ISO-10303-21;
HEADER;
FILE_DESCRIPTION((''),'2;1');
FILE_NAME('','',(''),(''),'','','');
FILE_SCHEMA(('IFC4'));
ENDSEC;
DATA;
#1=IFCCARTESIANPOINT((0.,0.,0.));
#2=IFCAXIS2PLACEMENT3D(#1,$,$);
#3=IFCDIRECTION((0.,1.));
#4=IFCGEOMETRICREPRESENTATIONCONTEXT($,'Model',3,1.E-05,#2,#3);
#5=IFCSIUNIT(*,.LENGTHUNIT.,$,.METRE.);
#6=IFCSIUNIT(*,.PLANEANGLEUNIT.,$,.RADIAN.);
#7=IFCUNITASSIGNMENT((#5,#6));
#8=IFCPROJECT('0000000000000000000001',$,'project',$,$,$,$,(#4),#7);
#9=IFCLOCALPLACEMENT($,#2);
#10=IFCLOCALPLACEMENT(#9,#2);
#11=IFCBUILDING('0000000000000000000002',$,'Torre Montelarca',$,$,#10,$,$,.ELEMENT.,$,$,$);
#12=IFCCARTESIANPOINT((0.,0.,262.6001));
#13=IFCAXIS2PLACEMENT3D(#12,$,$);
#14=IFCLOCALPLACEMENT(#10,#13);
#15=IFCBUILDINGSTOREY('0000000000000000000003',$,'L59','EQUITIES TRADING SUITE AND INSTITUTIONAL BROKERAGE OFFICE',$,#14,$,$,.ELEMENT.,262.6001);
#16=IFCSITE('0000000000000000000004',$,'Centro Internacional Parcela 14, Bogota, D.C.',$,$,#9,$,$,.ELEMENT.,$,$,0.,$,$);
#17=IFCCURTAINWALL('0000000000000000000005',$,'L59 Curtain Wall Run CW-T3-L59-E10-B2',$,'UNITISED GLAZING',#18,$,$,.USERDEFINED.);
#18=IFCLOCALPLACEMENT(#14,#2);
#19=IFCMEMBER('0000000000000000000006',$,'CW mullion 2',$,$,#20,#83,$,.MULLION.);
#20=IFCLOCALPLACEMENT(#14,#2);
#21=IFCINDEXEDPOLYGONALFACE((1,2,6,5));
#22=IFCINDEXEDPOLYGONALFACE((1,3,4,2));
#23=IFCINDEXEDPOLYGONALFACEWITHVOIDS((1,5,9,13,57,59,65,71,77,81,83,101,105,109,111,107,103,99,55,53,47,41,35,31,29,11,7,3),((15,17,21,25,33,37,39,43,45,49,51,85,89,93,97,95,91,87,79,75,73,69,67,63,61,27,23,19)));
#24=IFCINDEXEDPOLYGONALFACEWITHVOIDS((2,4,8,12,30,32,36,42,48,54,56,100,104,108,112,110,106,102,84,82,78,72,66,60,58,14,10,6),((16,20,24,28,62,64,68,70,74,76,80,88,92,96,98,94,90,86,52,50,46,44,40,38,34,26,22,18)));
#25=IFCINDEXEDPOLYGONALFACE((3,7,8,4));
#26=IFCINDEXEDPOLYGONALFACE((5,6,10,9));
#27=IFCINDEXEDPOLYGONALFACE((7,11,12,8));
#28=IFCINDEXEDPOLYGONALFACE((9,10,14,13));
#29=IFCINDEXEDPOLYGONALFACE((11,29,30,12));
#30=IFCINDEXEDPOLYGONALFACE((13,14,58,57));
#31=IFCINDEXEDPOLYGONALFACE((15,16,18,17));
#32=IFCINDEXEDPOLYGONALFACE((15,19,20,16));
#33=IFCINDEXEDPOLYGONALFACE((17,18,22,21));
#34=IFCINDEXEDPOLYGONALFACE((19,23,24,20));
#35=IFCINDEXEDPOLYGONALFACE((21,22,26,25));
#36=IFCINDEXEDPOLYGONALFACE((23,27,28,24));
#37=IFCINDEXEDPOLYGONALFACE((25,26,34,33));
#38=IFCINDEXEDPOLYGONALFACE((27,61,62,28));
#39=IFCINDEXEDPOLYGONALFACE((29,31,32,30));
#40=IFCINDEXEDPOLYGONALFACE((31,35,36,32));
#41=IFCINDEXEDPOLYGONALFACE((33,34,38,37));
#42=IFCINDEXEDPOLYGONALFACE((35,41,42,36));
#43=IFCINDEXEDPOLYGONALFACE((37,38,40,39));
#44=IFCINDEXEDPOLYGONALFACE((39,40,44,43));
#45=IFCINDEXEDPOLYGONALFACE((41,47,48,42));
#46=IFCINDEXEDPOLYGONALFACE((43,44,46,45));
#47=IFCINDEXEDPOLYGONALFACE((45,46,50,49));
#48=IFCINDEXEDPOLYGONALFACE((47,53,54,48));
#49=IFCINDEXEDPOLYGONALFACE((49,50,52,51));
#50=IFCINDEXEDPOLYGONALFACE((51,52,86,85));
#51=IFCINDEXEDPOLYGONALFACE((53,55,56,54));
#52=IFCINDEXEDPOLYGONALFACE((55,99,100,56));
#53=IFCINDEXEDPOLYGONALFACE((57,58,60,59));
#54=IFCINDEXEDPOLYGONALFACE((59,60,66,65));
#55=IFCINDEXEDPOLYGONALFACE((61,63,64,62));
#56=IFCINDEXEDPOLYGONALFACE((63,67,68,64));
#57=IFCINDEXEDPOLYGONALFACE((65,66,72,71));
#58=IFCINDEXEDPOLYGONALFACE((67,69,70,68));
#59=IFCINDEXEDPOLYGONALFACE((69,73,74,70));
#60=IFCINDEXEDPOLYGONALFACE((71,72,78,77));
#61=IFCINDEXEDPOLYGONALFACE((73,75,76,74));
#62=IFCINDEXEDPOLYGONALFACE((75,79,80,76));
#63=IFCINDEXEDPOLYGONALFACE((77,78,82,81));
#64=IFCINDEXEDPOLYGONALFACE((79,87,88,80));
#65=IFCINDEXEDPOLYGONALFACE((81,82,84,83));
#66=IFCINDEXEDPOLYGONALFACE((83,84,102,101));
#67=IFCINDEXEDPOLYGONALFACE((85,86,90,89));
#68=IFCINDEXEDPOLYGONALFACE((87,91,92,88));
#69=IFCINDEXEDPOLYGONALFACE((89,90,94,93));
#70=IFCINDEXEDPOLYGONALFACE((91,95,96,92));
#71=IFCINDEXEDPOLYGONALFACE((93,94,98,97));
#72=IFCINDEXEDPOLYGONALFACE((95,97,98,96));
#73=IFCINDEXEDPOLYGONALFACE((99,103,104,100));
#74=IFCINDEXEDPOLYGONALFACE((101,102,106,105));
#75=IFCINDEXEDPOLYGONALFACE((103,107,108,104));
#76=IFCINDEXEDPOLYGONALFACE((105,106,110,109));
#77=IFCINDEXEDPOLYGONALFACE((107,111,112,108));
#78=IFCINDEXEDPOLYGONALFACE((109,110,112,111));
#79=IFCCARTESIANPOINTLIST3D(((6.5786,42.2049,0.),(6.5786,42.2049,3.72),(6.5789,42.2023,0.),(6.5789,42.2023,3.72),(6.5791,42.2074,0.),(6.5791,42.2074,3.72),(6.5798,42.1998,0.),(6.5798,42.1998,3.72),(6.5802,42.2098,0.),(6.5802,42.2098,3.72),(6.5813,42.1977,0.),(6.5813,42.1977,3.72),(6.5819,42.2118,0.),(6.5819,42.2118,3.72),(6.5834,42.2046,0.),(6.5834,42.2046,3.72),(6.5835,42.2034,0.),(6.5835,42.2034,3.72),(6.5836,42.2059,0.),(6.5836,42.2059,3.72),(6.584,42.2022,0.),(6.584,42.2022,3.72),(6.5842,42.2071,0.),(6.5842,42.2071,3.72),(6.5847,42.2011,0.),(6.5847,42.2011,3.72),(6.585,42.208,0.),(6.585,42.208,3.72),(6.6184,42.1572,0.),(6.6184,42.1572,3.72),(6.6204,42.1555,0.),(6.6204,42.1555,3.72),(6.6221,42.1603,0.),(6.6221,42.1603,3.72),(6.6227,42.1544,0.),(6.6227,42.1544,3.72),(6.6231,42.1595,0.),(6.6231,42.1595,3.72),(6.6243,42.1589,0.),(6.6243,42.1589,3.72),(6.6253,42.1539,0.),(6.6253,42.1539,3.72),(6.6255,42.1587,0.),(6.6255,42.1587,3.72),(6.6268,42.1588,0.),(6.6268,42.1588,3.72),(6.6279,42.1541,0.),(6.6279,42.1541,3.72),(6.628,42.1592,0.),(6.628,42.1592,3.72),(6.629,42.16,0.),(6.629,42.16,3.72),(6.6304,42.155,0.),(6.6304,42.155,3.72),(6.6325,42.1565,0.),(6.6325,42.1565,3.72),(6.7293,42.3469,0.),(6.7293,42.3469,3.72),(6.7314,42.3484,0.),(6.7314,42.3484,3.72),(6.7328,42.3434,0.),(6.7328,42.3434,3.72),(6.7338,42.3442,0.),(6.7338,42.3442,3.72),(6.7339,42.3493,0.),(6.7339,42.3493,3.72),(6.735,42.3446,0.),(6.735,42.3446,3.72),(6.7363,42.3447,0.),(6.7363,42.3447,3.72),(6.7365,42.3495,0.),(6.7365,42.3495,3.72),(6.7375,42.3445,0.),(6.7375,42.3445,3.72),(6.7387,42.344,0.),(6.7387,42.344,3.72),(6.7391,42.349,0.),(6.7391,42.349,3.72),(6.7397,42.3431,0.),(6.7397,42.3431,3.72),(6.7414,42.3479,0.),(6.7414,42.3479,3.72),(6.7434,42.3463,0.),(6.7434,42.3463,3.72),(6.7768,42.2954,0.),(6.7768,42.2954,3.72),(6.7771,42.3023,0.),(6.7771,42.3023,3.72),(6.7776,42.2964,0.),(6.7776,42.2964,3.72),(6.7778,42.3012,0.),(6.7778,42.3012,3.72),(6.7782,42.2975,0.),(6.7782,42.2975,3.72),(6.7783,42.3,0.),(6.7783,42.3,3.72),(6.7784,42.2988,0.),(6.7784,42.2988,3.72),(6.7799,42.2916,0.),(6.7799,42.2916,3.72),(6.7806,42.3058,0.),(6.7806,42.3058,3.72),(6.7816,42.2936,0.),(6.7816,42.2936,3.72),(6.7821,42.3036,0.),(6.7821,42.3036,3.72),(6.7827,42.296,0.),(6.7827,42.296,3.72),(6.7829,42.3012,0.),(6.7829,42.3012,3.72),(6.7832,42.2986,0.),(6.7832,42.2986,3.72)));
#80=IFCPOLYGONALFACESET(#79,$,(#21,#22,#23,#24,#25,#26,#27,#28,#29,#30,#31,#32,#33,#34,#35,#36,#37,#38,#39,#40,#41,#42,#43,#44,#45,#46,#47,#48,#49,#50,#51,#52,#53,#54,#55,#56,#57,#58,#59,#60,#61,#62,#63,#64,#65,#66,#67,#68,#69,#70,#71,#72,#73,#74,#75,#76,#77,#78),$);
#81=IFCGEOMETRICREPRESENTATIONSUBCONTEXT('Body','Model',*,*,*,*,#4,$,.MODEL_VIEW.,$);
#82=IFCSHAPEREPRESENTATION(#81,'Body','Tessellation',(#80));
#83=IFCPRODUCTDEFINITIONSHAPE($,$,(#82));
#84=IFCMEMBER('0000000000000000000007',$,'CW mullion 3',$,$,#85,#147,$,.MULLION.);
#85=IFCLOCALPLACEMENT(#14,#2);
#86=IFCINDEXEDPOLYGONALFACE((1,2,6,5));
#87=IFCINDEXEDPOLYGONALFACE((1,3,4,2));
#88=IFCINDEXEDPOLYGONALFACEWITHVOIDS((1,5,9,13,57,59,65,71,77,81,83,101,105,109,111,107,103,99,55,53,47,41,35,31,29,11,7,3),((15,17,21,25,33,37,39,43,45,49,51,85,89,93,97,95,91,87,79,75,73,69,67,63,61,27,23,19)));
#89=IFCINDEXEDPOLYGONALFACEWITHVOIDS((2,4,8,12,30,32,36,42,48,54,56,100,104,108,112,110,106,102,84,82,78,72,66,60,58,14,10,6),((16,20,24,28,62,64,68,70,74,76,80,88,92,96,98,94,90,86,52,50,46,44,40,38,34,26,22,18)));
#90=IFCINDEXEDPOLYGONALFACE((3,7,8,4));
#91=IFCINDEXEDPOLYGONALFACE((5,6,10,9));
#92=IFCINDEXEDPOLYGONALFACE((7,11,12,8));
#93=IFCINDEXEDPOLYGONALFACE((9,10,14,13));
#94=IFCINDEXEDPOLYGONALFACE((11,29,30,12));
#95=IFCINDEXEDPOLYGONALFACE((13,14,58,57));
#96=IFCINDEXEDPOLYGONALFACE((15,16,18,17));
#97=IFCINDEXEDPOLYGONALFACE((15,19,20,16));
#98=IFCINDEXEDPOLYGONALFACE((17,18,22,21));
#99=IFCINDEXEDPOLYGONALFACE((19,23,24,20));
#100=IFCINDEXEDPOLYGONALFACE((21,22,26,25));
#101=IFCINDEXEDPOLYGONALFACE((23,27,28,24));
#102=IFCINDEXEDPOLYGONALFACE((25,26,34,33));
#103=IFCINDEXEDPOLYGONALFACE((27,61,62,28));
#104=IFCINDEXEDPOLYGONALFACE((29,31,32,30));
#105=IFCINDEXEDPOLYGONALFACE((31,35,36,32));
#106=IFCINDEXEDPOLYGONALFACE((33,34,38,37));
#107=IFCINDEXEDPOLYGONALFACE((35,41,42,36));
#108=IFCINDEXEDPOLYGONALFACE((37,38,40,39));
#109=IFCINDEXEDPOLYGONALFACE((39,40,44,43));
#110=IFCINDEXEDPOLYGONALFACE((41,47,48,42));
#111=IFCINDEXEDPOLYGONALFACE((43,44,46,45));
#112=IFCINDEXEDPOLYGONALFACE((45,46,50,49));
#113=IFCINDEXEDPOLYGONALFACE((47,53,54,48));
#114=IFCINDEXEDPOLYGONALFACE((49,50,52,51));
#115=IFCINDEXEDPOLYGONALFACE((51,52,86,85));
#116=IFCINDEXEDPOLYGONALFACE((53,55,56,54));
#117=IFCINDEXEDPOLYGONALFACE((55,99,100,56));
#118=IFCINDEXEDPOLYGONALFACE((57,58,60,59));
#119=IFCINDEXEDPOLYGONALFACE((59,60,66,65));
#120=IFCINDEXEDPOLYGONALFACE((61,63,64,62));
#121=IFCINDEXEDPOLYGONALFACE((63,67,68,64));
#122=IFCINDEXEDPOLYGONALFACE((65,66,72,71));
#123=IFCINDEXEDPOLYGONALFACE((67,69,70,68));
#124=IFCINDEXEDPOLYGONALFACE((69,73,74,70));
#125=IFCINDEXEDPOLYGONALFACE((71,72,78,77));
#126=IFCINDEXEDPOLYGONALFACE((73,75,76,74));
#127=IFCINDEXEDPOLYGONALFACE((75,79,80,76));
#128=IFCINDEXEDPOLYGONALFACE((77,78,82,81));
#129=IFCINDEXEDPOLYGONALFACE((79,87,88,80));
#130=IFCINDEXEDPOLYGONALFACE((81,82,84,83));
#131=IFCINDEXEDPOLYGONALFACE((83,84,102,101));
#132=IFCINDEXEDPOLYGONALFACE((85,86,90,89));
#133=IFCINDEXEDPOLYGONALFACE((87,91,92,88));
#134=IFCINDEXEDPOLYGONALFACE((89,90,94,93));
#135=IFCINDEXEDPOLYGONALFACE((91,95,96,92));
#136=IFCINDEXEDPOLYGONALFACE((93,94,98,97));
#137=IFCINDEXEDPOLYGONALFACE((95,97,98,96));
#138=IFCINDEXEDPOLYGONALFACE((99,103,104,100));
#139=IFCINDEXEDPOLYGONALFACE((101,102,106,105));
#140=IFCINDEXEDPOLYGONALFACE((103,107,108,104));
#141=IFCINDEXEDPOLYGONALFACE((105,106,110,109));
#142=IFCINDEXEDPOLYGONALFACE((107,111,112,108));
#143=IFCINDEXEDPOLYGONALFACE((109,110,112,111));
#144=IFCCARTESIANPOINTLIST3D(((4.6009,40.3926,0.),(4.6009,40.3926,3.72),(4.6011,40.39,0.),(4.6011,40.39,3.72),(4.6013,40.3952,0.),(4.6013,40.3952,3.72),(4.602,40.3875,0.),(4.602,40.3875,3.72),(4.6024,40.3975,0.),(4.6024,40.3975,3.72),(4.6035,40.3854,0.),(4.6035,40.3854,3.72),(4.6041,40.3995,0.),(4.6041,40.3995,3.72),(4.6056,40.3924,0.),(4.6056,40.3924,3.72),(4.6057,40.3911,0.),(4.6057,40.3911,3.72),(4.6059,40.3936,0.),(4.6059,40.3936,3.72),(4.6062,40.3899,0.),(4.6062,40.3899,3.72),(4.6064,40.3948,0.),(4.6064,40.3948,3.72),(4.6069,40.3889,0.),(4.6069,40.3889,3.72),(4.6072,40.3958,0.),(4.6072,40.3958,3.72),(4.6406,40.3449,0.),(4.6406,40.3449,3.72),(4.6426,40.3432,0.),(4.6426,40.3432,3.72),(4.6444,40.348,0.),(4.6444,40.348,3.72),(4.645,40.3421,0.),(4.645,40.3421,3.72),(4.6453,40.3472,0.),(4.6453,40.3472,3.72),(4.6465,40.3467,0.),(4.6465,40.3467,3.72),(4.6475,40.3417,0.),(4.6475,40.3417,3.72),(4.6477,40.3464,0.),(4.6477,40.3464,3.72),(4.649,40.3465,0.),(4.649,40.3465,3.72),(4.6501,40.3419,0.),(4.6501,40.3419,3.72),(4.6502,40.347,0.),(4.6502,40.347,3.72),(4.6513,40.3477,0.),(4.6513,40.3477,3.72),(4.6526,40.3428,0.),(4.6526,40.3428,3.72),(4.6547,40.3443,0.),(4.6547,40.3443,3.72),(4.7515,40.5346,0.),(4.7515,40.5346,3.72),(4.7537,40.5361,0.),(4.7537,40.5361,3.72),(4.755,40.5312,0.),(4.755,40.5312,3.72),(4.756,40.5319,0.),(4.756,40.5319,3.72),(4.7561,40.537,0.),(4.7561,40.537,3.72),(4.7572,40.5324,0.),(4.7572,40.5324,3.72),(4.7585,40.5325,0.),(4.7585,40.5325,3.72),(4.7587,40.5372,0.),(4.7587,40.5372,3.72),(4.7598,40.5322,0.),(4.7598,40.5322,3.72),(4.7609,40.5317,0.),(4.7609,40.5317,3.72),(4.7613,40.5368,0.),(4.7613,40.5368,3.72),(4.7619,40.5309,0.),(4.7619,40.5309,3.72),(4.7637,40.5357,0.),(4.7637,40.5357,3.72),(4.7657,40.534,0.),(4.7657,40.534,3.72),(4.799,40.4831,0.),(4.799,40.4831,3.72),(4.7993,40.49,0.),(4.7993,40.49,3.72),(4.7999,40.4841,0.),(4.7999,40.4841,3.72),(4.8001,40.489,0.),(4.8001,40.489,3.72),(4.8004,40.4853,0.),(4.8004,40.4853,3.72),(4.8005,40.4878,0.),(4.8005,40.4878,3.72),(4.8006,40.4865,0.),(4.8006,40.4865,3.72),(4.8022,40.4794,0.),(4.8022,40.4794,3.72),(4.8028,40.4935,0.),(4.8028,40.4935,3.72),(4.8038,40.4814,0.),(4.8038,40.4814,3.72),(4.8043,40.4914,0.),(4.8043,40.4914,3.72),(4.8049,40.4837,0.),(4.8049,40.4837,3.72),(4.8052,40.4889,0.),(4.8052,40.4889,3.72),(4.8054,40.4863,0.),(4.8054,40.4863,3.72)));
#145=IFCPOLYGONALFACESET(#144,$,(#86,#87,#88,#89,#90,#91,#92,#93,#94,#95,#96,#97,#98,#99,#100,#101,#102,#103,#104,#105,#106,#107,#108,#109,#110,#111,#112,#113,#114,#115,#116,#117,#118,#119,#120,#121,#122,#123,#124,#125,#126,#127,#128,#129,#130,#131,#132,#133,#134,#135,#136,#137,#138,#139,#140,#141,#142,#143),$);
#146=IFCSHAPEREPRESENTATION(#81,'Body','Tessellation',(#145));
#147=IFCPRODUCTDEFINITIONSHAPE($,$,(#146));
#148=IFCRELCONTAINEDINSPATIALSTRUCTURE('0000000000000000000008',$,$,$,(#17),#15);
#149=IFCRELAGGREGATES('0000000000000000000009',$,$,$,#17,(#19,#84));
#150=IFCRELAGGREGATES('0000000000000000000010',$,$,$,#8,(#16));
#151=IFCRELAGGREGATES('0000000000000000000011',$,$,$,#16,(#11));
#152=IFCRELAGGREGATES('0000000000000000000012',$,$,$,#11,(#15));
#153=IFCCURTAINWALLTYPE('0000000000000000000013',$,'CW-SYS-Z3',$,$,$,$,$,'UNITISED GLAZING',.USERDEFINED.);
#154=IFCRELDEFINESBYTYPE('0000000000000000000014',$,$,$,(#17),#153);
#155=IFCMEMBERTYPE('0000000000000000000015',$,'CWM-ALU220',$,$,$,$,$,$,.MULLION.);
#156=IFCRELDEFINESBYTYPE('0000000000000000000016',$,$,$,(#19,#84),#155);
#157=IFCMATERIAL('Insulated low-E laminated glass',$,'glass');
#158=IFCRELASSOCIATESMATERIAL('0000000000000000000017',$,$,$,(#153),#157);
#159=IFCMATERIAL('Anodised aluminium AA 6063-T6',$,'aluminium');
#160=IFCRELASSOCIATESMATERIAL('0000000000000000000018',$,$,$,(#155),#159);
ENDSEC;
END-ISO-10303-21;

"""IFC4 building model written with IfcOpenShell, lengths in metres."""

from ifc_helpers import new_model, si_unit, direction, frame, origin, origin_2d, place, context, subcontext, project, spatial, hollow_rectangle, extrude, source, transform, mapped, material, material_profile, profile_set, type_object, element, aggregate, save


model = new_model("IFC4")

# Units and contexts
model_context = context("Model", 3, precision=1e-05, world=origin(), true_north=direction((0.0, 1.0)))
body_context = subcontext(model_context, "Body", "Model", "MODEL_VIEW")
ifc_project = project(units=[si_unit("LENGTHUNIT", "METRE"), si_unit("PLANEANGLEUNIT", "RADIAN")], contexts=[model_context])

# Site, building, storey
site_placement = place(None, origin())
site = spatial("IfcSite", under=ifc_project, at=site_placement, Name="Centro Internacional Parcela 14, Bogota, D.C.", CompositionType="ELEMENT", RefElevation=0.0)
building_placement = place(site_placement, origin())
building = spatial("IfcBuilding", under=site, at=building_placement, Name="Torre Montelarca", CompositionType="ELEMENT")
storey_placement = place(building_placement, frame((0.0, 0.0, 262.6001)))
storey = spatial("IfcBuildingStorey", under=building, at=storey_placement, Name="L59", Description="EQUITIES TRADING SUITE AND INSTITUTIONAL BROKERAGE OFFICE", CompositionType="ELEMENT", Elevation=262.6001)

# Curtain wall, members
ifc_material_1 = material(Name="Insulated low-E laminated glass", Category="glass")
curtain_wall_type = type_object("IfcCurtainWallType", Name="CW-SYS-Z3", ElementType="UNITISED GLAZING", PredefinedType="USERDEFINED", material=ifc_material_1)
ifc_material_2 = material(Name="Anodised aluminium AA 6063-T6", Category="aluminium")
ifc_material_profile_1 = material_profile(ifc_material_2, hollow_rectangle(XDim=0.075, YDim=0.22, WallThickness=0.0049, InnerFilletRadius=0.0049, OuterFilletRadius=0.01, at=origin_2d()), Name="ALU75X220X5", Category="aluminium")
ifc_profile_set_1 = profile_set([ifc_material_profile_1], Name="Anodised aluminium AA 6063-T6")
member_type_1 = type_object("IfcMemberType", Name="CWM-ALU220", PredefinedType="MULLION", material=ifc_profile_set_1)
shared_shape_1 = source(origin(), body_context, "Body", "SweptSolid", [
    extrude(hollow_rectangle(XDim=0.075, YDim=0.22, WallThickness=0.0049, InnerFilletRadius=0.0049, OuterFilletRadius=0.01, at=origin_2d()), origin(), (0.0, 0.0, 1.0), 3.72),
])
curtain_wall_1_placement = place(storey_placement, origin())
curtain_wall_1 = element("IfcCurtainWall", 1, at=curtain_wall_1_placement, inside=storey, type_object=curtain_wall_type, Name="L59 Curtain Wall Run CW-T3-L59-E10-B2", ObjectType="UNITISED GLAZING", PredefinedType="USERDEFINED")
member_1_placement = place(storey_placement, frame((6.6809, 42.2517, 0.0), z_axis=(0.0, 0.0, 1.0), x_axis=(0.675588, -0.737279, 0.0)))
member_1 = element("IfcMember", 2, at=member_1_placement, type_object=member_type_1, Name="CW mullion 2", PredefinedType="MULLION", context=body_context, shape_type="MappedRepresentation", body=[
    mapped(shared_shape_1, transform((0.0, 0.0, 0.0), scale=1.0)),
])
member_2_placement = place(storey_placement, frame((4.7031, 40.4395, 0.0), z_axis=(0.0, 0.0, 1.0), x_axis=(0.675588, -0.737279, 0.0)))
member_2 = element("IfcMember", 3, at=member_2_placement, type_object=member_type_1, Name="CW mullion 3", PredefinedType="MULLION", context=body_context, shape_type="MappedRepresentation", body=[
    mapped(shared_shape_1, transform((0.0, 0.0, 0.0), scale=1.0)),
])

aggregate(curtain_wall_1, [member_1, member_2])

save(model, "model.ifc")
